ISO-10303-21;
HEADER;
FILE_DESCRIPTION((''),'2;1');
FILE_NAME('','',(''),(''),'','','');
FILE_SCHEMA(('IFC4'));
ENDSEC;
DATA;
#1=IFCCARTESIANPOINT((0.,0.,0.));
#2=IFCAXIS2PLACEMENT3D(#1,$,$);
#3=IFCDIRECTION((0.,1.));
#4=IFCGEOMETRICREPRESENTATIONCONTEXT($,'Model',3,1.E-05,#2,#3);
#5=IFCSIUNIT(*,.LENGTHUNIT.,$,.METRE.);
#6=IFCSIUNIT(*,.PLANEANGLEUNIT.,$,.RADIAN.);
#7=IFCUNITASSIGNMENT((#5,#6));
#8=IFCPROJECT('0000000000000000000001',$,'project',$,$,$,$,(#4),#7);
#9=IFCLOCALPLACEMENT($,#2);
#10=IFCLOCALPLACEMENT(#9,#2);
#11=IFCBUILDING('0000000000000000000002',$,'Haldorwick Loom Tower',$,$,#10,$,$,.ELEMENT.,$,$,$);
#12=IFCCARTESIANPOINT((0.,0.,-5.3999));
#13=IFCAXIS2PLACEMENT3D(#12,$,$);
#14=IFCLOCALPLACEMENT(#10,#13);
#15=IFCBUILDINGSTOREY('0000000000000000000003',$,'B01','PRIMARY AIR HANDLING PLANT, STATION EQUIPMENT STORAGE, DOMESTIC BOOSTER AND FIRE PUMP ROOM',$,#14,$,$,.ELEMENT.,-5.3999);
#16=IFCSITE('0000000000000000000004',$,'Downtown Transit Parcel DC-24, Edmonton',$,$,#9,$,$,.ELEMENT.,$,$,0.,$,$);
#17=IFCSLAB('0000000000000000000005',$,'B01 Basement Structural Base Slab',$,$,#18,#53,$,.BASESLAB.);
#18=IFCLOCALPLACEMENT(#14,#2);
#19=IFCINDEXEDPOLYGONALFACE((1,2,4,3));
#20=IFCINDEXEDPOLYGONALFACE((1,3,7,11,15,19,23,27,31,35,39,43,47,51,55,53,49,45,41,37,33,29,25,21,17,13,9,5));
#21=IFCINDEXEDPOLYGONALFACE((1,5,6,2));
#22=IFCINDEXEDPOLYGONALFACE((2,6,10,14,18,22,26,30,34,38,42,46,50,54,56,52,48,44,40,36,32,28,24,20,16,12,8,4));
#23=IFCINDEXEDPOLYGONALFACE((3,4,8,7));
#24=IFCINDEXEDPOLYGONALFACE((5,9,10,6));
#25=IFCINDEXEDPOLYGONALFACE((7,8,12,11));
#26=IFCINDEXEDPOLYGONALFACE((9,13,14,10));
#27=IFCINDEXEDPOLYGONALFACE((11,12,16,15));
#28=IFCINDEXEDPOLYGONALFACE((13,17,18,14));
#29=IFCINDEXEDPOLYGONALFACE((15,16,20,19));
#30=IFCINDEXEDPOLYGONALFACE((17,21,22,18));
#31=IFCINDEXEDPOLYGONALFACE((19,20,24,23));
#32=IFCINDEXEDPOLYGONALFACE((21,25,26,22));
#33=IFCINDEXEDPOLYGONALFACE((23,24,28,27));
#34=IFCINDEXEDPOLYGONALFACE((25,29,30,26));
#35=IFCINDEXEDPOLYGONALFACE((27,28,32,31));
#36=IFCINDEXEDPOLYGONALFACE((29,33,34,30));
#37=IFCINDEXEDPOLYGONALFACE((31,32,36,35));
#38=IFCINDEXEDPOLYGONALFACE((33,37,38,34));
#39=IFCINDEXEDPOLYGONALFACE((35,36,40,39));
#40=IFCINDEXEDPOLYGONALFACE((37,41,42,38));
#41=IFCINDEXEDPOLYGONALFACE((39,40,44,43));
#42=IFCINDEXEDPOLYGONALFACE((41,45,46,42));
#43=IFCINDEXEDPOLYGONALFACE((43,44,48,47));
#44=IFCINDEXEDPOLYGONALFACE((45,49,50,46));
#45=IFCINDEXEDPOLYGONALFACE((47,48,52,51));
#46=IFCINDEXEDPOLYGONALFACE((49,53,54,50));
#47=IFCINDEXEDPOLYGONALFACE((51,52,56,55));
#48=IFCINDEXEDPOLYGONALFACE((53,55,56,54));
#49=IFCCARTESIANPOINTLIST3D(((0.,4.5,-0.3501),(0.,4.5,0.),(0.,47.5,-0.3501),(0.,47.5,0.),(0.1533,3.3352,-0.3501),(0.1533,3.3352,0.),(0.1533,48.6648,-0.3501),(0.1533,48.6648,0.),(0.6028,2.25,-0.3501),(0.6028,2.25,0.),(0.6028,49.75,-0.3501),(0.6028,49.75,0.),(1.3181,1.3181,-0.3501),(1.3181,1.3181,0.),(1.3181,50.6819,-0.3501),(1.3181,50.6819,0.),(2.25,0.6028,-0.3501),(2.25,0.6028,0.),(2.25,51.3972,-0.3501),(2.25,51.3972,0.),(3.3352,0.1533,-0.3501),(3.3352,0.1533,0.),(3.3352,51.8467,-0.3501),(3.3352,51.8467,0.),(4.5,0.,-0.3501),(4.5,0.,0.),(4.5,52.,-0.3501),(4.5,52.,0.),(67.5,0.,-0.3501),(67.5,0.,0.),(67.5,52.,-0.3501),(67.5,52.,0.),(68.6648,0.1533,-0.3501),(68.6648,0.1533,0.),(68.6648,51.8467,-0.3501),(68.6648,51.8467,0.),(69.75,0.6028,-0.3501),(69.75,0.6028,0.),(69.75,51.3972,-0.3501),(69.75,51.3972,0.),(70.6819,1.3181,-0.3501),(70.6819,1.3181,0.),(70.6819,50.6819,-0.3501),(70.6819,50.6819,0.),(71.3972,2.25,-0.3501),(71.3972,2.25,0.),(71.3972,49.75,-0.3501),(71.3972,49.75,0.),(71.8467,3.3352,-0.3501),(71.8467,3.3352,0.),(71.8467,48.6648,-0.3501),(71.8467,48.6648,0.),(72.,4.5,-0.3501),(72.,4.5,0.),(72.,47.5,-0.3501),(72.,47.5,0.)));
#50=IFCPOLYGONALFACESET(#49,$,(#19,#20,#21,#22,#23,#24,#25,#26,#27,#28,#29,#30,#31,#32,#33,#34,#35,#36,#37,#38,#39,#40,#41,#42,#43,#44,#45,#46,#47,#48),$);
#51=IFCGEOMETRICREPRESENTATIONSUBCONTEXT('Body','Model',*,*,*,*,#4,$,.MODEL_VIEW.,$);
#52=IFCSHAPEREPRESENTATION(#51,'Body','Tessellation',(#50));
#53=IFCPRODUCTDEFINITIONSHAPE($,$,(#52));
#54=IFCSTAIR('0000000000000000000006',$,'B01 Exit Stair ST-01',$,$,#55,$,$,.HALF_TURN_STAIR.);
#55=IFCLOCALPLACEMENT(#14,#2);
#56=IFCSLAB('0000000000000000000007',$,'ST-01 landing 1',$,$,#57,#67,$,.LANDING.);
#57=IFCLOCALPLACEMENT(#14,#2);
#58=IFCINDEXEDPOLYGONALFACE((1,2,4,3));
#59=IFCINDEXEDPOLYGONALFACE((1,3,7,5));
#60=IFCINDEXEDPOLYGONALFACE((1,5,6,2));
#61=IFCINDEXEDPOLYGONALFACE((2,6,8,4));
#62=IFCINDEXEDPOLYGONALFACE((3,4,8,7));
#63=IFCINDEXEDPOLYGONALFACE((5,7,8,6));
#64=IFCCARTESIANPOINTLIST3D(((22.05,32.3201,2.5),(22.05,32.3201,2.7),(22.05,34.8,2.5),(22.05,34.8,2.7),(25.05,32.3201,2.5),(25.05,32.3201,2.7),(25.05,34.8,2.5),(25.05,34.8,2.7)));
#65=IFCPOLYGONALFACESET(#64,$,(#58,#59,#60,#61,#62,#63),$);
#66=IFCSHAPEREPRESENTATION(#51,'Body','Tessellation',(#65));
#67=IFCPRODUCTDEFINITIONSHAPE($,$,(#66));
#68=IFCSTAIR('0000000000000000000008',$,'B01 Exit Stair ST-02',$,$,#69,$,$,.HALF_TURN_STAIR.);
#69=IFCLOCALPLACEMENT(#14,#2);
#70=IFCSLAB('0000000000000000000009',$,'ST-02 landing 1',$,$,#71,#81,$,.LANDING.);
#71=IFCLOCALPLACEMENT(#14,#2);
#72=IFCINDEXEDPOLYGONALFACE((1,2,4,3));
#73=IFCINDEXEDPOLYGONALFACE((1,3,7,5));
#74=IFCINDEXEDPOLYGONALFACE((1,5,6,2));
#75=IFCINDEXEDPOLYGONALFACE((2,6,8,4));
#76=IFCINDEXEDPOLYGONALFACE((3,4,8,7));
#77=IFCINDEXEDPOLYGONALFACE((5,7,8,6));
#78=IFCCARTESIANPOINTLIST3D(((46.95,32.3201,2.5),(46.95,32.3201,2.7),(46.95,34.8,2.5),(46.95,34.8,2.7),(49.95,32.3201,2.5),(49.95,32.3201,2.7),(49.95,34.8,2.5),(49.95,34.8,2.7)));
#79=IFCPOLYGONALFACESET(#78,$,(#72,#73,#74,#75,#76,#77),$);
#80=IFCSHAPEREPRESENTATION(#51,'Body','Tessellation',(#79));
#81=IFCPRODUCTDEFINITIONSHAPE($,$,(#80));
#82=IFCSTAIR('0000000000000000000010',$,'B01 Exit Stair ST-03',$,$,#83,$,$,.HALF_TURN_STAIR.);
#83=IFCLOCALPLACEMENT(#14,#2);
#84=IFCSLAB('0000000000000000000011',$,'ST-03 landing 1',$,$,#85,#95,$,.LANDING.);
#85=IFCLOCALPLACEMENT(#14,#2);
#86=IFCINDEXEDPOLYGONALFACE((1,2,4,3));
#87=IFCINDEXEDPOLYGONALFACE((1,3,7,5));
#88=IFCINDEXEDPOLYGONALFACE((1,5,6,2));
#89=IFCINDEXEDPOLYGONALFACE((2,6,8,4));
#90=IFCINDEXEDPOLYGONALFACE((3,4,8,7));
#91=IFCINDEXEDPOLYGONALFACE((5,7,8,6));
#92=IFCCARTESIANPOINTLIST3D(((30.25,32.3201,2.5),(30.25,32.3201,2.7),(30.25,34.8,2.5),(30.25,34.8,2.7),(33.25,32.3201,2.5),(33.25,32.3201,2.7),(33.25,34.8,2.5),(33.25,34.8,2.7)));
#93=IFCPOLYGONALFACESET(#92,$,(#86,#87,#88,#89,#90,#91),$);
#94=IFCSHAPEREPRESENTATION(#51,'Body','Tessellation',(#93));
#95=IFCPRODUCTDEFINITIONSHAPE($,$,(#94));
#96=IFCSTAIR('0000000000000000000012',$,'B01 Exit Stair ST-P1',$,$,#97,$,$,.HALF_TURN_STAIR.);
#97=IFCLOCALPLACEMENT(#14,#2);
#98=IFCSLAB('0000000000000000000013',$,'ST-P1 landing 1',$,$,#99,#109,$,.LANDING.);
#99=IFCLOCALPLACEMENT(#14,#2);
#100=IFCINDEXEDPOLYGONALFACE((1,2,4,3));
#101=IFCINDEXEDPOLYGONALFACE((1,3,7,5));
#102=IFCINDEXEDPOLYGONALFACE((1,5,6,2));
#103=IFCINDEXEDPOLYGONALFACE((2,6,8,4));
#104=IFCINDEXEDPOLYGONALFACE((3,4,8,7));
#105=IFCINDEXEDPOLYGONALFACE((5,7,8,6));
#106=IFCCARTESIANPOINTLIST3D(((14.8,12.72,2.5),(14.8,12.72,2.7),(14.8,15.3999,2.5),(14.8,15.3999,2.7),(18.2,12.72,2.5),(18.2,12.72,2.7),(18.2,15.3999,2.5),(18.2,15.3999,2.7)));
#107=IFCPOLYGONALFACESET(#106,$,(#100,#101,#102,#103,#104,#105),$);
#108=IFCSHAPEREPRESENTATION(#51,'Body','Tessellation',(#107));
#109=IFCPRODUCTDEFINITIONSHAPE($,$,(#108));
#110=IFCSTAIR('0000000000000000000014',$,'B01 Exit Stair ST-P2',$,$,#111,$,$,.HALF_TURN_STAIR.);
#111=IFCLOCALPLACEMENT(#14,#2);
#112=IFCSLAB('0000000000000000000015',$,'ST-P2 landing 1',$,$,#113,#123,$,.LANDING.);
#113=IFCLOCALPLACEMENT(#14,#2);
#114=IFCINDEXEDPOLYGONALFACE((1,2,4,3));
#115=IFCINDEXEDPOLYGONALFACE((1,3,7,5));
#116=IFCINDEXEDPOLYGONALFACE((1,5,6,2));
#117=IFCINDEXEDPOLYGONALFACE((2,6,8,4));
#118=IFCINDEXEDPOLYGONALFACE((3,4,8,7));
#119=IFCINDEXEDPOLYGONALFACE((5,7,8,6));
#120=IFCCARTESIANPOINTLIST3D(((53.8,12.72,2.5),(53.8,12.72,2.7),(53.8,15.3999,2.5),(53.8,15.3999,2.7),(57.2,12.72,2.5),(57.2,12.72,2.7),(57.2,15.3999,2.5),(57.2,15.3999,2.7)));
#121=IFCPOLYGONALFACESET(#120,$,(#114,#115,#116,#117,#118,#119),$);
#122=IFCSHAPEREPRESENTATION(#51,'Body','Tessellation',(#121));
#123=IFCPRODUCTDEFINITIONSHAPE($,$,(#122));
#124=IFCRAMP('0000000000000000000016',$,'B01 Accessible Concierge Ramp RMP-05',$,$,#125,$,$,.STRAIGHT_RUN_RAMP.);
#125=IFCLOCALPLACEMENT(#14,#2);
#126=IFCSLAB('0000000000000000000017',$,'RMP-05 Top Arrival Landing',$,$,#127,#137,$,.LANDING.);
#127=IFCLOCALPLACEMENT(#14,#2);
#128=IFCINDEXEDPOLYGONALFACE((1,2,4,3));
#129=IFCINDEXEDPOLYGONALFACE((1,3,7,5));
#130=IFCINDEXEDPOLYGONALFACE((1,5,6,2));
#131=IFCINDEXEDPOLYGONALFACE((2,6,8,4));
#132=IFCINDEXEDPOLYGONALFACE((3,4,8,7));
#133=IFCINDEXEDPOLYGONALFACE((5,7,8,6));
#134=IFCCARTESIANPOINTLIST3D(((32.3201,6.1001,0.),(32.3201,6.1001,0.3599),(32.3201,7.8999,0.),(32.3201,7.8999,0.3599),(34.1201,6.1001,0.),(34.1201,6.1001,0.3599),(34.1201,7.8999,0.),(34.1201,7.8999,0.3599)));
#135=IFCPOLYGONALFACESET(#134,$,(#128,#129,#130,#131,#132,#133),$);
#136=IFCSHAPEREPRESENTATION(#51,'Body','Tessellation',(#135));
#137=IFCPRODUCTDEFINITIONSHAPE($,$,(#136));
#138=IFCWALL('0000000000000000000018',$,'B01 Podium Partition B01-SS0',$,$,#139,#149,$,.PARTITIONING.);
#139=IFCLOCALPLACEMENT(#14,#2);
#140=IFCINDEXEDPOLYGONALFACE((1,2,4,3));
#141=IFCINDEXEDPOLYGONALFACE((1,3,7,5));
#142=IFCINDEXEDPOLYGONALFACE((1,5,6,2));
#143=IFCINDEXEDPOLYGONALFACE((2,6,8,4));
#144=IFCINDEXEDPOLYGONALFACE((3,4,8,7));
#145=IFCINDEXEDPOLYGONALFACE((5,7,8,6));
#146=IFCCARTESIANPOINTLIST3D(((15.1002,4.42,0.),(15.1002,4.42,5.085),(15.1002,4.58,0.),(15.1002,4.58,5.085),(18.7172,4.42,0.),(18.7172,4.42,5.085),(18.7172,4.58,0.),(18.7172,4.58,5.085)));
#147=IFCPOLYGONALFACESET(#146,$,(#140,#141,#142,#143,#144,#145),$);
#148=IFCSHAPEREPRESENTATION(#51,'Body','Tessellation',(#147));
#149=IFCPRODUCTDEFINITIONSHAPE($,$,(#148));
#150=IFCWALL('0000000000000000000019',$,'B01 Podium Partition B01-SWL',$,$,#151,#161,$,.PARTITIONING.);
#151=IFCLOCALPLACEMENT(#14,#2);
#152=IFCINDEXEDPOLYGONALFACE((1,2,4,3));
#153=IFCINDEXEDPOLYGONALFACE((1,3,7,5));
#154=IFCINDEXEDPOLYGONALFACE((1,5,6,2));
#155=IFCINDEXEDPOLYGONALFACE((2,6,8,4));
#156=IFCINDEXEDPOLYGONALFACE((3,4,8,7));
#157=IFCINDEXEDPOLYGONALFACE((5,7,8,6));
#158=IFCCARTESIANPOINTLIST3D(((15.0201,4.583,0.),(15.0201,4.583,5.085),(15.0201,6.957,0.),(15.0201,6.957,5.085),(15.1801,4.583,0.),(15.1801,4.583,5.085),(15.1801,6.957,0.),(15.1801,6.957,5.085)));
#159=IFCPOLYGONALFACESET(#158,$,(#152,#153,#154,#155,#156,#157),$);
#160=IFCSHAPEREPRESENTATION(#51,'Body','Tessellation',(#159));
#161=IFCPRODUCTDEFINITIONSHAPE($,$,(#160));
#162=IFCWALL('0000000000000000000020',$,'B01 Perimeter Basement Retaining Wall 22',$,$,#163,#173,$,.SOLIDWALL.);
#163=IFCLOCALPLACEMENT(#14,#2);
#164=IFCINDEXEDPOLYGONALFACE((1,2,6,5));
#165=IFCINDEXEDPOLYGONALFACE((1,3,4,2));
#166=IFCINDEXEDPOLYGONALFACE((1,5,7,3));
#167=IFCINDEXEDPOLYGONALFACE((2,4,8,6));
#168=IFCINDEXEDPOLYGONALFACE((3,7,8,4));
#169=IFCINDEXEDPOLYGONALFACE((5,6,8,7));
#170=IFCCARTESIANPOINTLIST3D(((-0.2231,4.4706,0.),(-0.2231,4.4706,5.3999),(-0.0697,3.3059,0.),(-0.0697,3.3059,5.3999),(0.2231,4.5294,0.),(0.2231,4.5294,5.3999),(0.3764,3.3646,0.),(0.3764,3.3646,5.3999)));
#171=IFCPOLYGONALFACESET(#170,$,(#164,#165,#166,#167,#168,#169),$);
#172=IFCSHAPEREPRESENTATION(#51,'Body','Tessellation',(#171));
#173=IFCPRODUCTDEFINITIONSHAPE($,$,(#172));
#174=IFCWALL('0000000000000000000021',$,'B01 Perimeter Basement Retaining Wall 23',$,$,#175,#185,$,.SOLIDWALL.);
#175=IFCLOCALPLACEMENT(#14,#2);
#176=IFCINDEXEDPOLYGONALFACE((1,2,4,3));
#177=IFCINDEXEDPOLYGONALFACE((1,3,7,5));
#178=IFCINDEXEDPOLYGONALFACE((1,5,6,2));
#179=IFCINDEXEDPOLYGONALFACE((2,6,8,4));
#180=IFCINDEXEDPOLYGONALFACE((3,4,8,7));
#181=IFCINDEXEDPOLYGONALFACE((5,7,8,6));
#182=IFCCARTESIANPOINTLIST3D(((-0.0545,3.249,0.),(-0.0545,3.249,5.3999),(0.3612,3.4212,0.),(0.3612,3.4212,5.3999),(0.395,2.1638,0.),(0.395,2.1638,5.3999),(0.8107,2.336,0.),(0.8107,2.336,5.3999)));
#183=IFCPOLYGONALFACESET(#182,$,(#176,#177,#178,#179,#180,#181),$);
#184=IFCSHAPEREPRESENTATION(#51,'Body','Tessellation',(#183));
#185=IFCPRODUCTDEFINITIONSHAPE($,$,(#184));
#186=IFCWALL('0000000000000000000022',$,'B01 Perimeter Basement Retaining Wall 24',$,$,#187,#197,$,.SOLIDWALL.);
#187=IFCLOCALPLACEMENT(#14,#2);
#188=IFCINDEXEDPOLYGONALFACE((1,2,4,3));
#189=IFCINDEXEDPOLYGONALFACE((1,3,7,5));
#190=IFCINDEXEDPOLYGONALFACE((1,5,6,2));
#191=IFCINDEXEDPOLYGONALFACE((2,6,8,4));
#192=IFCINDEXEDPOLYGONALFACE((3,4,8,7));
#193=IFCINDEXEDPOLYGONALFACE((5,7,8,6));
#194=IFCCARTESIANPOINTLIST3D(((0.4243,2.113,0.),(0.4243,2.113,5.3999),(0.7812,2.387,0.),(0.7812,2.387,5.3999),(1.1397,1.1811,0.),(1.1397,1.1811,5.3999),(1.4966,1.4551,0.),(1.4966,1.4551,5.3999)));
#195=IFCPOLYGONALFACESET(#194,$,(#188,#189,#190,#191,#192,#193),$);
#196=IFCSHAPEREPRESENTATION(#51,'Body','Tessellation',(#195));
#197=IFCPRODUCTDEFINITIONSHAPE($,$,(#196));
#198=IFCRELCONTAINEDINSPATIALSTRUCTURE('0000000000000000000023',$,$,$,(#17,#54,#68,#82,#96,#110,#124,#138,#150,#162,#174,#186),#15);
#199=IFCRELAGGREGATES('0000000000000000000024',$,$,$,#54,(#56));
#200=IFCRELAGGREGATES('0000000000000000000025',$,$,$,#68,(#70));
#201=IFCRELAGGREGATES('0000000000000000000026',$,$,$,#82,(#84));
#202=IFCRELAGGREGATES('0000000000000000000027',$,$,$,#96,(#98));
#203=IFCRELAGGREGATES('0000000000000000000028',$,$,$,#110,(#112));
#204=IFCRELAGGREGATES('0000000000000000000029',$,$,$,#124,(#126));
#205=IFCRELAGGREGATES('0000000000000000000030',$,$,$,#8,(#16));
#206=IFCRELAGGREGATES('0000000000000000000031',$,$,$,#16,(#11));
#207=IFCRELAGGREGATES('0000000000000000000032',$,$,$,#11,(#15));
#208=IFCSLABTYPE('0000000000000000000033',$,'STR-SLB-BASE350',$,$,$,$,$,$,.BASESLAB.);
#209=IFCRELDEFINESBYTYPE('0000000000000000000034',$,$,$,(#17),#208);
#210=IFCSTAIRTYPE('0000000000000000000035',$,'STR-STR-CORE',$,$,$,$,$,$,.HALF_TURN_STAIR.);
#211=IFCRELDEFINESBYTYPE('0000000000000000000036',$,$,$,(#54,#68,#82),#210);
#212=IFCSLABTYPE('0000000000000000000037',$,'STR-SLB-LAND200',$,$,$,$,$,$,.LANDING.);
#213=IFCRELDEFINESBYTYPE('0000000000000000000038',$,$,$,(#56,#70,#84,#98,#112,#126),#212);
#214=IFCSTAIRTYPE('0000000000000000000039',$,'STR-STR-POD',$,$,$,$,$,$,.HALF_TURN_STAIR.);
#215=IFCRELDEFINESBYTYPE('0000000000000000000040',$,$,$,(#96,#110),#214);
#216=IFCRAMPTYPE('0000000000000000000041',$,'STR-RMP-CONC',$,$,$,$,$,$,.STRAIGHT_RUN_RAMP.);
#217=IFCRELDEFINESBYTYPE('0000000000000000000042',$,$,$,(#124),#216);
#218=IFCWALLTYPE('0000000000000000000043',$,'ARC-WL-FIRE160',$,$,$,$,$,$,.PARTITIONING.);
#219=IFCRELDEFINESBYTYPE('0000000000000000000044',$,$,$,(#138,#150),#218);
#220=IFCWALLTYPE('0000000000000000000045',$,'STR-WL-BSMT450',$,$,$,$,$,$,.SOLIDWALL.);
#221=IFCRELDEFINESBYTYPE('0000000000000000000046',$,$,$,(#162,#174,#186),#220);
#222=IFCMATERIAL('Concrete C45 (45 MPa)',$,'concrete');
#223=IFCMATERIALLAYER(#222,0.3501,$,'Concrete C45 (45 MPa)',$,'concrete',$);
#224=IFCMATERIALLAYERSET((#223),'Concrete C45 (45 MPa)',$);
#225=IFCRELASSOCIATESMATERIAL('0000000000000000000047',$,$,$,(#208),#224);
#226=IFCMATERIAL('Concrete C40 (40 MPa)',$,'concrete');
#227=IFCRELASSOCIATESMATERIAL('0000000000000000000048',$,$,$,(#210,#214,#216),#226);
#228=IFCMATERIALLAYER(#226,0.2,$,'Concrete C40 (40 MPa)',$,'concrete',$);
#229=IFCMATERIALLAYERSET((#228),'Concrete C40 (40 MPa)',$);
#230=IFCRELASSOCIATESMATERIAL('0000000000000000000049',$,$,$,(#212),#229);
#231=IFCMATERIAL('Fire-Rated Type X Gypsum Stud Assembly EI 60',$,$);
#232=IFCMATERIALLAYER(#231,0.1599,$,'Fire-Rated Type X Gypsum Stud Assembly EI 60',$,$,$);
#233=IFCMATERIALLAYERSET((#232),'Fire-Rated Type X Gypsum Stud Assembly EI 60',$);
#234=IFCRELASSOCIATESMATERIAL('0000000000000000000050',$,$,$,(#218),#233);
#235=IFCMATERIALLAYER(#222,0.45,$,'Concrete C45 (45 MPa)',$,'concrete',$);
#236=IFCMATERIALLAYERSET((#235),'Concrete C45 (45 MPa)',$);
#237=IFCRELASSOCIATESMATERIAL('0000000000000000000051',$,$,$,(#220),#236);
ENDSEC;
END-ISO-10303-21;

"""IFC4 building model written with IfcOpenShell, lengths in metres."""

from ifc_helpers import new_model, si_unit, direction, frame, frame_2d, origin, place, context, subcontext, project, spatial, polyline, rectangle, outline, extrude, material, layer, layer_set, type_object, element, aggregate, save


model = new_model("IFC4")

# Units and contexts
model_context = context("Model", 3, precision=1e-05, world=origin(), true_north=direction((0.0, 1.0)))
body_context = subcontext(model_context, "Body", "Model", "MODEL_VIEW")
ifc_project = project(units=[si_unit("LENGTHUNIT", "METRE"), si_unit("PLANEANGLEUNIT", "RADIAN")], contexts=[model_context])

# Site, building, storey
site_placement = place(None, origin())
site = spatial("IfcSite", under=ifc_project, at=site_placement, Name="Downtown Transit Parcel DC-24, Edmonton", CompositionType="ELEMENT", RefElevation=0.0)
building_placement = place(site_placement, origin())
building = spatial("IfcBuilding", under=site, at=building_placement, Name="Haldorwick Loom Tower", CompositionType="ELEMENT")
storey_placement = place(building_placement, frame((0.0, 0.0, -5.3999)))
storey = spatial("IfcBuildingStorey", under=building, at=storey_placement, Name="B01", Description="PRIMARY AIR HANDLING PLANT, STATION EQUIPMENT STORAGE, DOMESTIC BOOSTER AND FIRE PUMP ROOM", CompositionType="ELEMENT", Elevation=-5.3999)

# Shared definitions
ifc_material_1 = material(Name="Concrete C45 (45 MPa)", Category="concrete")

# Slab
ifc_layer_1 = layer(ifc_material_1, 0.3501, Name="Concrete C45 (45 MPa)", Category="concrete")
ifc_layer_set_1 = layer_set([ifc_layer_1], Name="Concrete C45 (45 MPa)")
slab_type_1 = type_object("IfcSlabType", Name="STR-SLB-BASE350", PredefinedType="BASESLAB", material=ifc_layer_set_1)
slab_1_placement = place(storey_placement, frame((0.0, 0.0, -0.3501)))
element("IfcSlab", 1, at=slab_1_placement, inside=storey, type_object=slab_type_1, Name="B01 Basement Structural Base Slab", PredefinedType="BASESLAB", context=body_context, shape_type="SweptSolid", body=[
    extrude(outline(polyline([(67.5, 0.0), (68.6648, 0.1533), (69.75, 0.6028), (70.6819, 1.3181), (71.3972, 2.25), (71.8467, 3.3352), (72.0, 4.5), (72.0, 47.5), (71.8467, 48.6648), (71.3972, 49.75), (70.6819, 50.6819), (69.75, 51.3972), (68.6648, 51.8467), (67.5, 52.0), (4.5, 52.0), (3.3352, 51.8467), (2.25, 51.3972), (1.3181, 50.6819), (0.6028, 49.75), (0.1533, 48.6648), (0.0, 47.5), (0.0, 4.5), (0.1533, 3.3352), (0.6028, 2.25), (1.3181, 1.3181), (2.25, 0.6028), (3.3352, 0.1533), (4.5, 0.0), (67.5, 0.0)])), origin(), (0.0, 0.0, 1.0), 0.3501),
])

# Stairs, slabs
ifc_material_2 = material(Name="Concrete C40 (40 MPa)", Category="concrete")
stair_type_1 = type_object("IfcStairType", Name="STR-STR-CORE", PredefinedType="HALF_TURN_STAIR", material=ifc_material_2)
stair_1_placement = place(storey_placement, origin())
stair_1 = element("IfcStair", 2, at=stair_1_placement, inside=storey, type_object=stair_type_1, Name="B01 Exit Stair ST-01", PredefinedType="HALF_TURN_STAIR")
ifc_layer_2 = layer(ifc_material_2, 0.2, Name="Concrete C40 (40 MPa)", Category="concrete")
ifc_layer_set_2 = layer_set([ifc_layer_2], Name="Concrete C40 (40 MPa)")
slab_type_2 = type_object("IfcSlabType", Name="STR-SLB-LAND200", PredefinedType="LANDING", material=ifc_layer_set_2)
slab_2_placement = place(storey_placement, frame((0.0, 0.0, 2.5)))
slab_2 = element("IfcSlab", 3, at=slab_2_placement, type_object=slab_type_2, Name="ST-01 landing 1", PredefinedType="LANDING", context=body_context, shape_type="SweptSolid", body=[
    extrude(outline(polyline([(25.05, 32.3201), (25.05, 34.8), (22.05, 34.8), (22.05, 32.3201), (25.05, 32.3201)])), origin(), (0.0, 0.0, 1.0), 0.2),
])
aggregate(stair_1, [slab_2])
stair_2_placement = place(storey_placement, origin())
stair_2 = element("IfcStair", 4, at=stair_2_placement, inside=storey, type_object=stair_type_1, Name="B01 Exit Stair ST-02", PredefinedType="HALF_TURN_STAIR")
slab_3_placement = place(storey_placement, frame((0.0, 0.0, 2.5)))
slab_3 = element("IfcSlab", 5, at=slab_3_placement, type_object=slab_type_2, Name="ST-02 landing 1", PredefinedType="LANDING", context=body_context, shape_type="SweptSolid", body=[
    extrude(outline(polyline([(49.95, 32.3201), (49.95, 34.8), (46.95, 34.8), (46.95, 32.3201), (49.95, 32.3201)])), origin(), (0.0, 0.0, 1.0), 0.2),
])
aggregate(stair_2, [slab_3])
stair_3_placement = place(storey_placement, origin())
stair_3 = element("IfcStair", 6, at=stair_3_placement, inside=storey, type_object=stair_type_1, Name="B01 Exit Stair ST-03", PredefinedType="HALF_TURN_STAIR")
slab_4_placement = place(storey_placement, frame((0.0, 0.0, 2.5)))
slab_4 = element("IfcSlab", 7, at=slab_4_placement, type_object=slab_type_2, Name="ST-03 landing 1", PredefinedType="LANDING", context=body_context, shape_type="SweptSolid", body=[
    extrude(outline(polyline([(33.25, 32.3201), (33.25, 34.8), (30.25, 34.8), (30.25, 32.3201), (33.25, 32.3201)])), origin(), (0.0, 0.0, 1.0), 0.2),
])
aggregate(stair_3, [slab_4])
stair_type_2 = type_object("IfcStairType", Name="STR-STR-POD", PredefinedType="HALF_TURN_STAIR", material=ifc_material_2)
stair_4_placement = place(storey_placement, origin())
stair_4 = element("IfcStair", 8, at=stair_4_placement, inside=storey, type_object=stair_type_2, Name="B01 Exit Stair ST-P1", PredefinedType="HALF_TURN_STAIR")
slab_5_placement = place(storey_placement, frame((0.0, 0.0, 2.5)))
slab_5 = element("IfcSlab", 9, at=slab_5_placement, type_object=slab_type_2, Name="ST-P1 landing 1", PredefinedType="LANDING", context=body_context, shape_type="SweptSolid", body=[
    extrude(outline(polyline([(18.2, 12.72), (18.2, 15.3999), (14.8, 15.3999), (14.8, 12.72), (18.2, 12.72)])), origin(), (0.0, 0.0, 1.0), 0.2),
])
aggregate(stair_4, [slab_5])
stair_5_placement = place(storey_placement, origin())
stair_5 = element("IfcStair", 10, at=stair_5_placement, inside=storey, type_object=stair_type_2, Name="B01 Exit Stair ST-P2", PredefinedType="HALF_TURN_STAIR")
slab_6_placement = place(storey_placement, frame((0.0, 0.0, 2.5)))
slab_6 = element("IfcSlab", 11, at=slab_6_placement, type_object=slab_type_2, Name="ST-P2 landing 1", PredefinedType="LANDING", context=body_context, shape_type="SweptSolid", body=[
    extrude(outline(polyline([(57.2, 12.72), (57.2, 15.3999), (53.8, 15.3999), (53.8, 12.72), (57.2, 12.72)])), origin(), (0.0, 0.0, 1.0), 0.2),
])
aggregate(stair_5, [slab_6])

# Ramp, slab
ramp_type = type_object("IfcRampType", Name="STR-RMP-CONC", PredefinedType="STRAIGHT_RUN_RAMP", material=ifc_material_2)
ramp_placement = place(storey_placement, origin())
ramp = element("IfcRamp", 12, at=ramp_placement, inside=storey, type_object=ramp_type, Name="B01 Accessible Concierge Ramp RMP-05", PredefinedType="STRAIGHT_RUN_RAMP")
slab_7_placement = place(storey_placement, origin())
slab_7 = element("IfcSlab", 13, at=slab_7_placement, type_object=slab_type_2, Name="RMP-05 Top Arrival Landing", PredefinedType="LANDING", context=body_context, shape_type="SweptSolid", body=[
    extrude(outline(polyline([(32.3201, 6.1001), (34.1201, 6.1001), (34.1201, 7.8999), (32.3201, 7.8999), (32.3201, 6.1001)])), origin(), (0.0, 0.0, 1.0), 0.3599),
])
aggregate(ramp, [slab_7])

# Walls
ifc_material_3 = material(Name="Fire-Rated Type X Gypsum Stud Assembly EI 60")
ifc_layer_3 = layer(ifc_material_3, 0.1599, Name="Fire-Rated Type X Gypsum Stud Assembly EI 60")
ifc_layer_set_3 = layer_set([ifc_layer_3], Name="Fire-Rated Type X Gypsum Stud Assembly EI 60")
wall_type_1 = type_object("IfcWallType", Name="ARC-WL-FIRE160", PredefinedType="PARTITIONING", material=ifc_layer_set_3)
wall_1_placement = place(storey_placement, frame((15.1001, 4.5, 0.0), z_axis=(0.0, 0.0, 1.0), x_axis=(1.0, 0.0, 0.0)))
element("IfcWall", 14, at=wall_1_placement, inside=storey, type_object=wall_type_1, Name="B01 Podium Partition B01-SS0", PredefinedType="PARTITIONING", context=body_context, shape_type="SweptSolid", body=[
    extrude(rectangle(XDim=3.6169, YDim=0.1599, at=frame_2d((1.8086, 0.0))), origin(), (0.0, 0.0, 1.0), 5.085),
])
wall_2_placement = place(storey_placement, frame((15.1001, 4.583, 0.0), z_axis=(0.0, 0.0, 1.0), x_axis=(0.0, 1.0, 0.0)))
element("IfcWall", 15, at=wall_2_placement, inside=storey, type_object=wall_type_1, Name="B01 Podium Partition B01-SWL", PredefinedType="PARTITIONING", context=body_context, shape_type="SweptSolid", body=[
    extrude(rectangle(XDim=2.374, YDim=0.1599, at=frame_2d((1.187, 0.0))), origin(), (0.0, 0.0, 1.0), 5.085),
])
ifc_layer_4 = layer(ifc_material_1, 0.45, Name="Concrete C45 (45 MPa)", Category="concrete")
ifc_layer_set_4 = layer_set([ifc_layer_4], Name="Concrete C45 (45 MPa)")
wall_type_2 = type_object("IfcWallType", Name="STR-WL-BSMT450", PredefinedType="SOLIDWALL", material=ifc_layer_set_4)
wall_3_placement = place(storey_placement, frame((0.0, 4.5, 0.0), z_axis=(0.0, 0.0, 1.0), x_axis=(0.130503, -0.991448, 0.0)))
element("IfcWall", 16, at=wall_3_placement, inside=storey, type_object=wall_type_2, Name="B01 Perimeter Basement Retaining Wall 22", PredefinedType="SOLIDWALL", context=body_context, shape_type="SweptSolid", body=[
    extrude(rectangle(XDim=1.1748, YDim=0.45, at=frame_2d((0.5874, 0.0))), origin(), (0.0, 0.0, 1.0), 5.3999),
])
wall_4_placement = place(storey_placement, frame((0.1533, 3.3352, 0.0), z_axis=(0.0, 0.0, 1.0), x_axis=(0.382652, -0.923893, 0.0)))
element("IfcWall", 17, at=wall_4_placement, inside=storey, type_object=wall_type_2, Name="B01 Perimeter Basement Retaining Wall 23", PredefinedType="SOLIDWALL", context=body_context, shape_type="SweptSolid", body=[
    extrude(rectangle(XDim=1.1746, YDim=0.45, at=frame_2d((0.5874, 0.0))), origin(), (0.0, 0.0, 1.0), 5.3999),
])
for number, where, z_axis, x_axis, name in (
    (18, (0.6028, 2.25, 0.0), (0.0, 0.0, 1.0), (0.608907, -0.793242, 0.0), "B01 Perimeter Basement Retaining Wall 24"),
):
    element("IfcWall", number, at=place(storey_placement, frame(where, z_axis=z_axis, x_axis=x_axis)), inside=storey, type_object=wall_type_2, Name=name, PredefinedType="SOLIDWALL", context=body_context, shape_type="SweptSolid", body=[
        extrude(rectangle(XDim=1.1748, YDim=0.45, at=frame_2d((0.5874, 0.0))), origin(), (0.0, 0.0, 1.0), 5.3999),
    ])

save(model, "model.ifc")
